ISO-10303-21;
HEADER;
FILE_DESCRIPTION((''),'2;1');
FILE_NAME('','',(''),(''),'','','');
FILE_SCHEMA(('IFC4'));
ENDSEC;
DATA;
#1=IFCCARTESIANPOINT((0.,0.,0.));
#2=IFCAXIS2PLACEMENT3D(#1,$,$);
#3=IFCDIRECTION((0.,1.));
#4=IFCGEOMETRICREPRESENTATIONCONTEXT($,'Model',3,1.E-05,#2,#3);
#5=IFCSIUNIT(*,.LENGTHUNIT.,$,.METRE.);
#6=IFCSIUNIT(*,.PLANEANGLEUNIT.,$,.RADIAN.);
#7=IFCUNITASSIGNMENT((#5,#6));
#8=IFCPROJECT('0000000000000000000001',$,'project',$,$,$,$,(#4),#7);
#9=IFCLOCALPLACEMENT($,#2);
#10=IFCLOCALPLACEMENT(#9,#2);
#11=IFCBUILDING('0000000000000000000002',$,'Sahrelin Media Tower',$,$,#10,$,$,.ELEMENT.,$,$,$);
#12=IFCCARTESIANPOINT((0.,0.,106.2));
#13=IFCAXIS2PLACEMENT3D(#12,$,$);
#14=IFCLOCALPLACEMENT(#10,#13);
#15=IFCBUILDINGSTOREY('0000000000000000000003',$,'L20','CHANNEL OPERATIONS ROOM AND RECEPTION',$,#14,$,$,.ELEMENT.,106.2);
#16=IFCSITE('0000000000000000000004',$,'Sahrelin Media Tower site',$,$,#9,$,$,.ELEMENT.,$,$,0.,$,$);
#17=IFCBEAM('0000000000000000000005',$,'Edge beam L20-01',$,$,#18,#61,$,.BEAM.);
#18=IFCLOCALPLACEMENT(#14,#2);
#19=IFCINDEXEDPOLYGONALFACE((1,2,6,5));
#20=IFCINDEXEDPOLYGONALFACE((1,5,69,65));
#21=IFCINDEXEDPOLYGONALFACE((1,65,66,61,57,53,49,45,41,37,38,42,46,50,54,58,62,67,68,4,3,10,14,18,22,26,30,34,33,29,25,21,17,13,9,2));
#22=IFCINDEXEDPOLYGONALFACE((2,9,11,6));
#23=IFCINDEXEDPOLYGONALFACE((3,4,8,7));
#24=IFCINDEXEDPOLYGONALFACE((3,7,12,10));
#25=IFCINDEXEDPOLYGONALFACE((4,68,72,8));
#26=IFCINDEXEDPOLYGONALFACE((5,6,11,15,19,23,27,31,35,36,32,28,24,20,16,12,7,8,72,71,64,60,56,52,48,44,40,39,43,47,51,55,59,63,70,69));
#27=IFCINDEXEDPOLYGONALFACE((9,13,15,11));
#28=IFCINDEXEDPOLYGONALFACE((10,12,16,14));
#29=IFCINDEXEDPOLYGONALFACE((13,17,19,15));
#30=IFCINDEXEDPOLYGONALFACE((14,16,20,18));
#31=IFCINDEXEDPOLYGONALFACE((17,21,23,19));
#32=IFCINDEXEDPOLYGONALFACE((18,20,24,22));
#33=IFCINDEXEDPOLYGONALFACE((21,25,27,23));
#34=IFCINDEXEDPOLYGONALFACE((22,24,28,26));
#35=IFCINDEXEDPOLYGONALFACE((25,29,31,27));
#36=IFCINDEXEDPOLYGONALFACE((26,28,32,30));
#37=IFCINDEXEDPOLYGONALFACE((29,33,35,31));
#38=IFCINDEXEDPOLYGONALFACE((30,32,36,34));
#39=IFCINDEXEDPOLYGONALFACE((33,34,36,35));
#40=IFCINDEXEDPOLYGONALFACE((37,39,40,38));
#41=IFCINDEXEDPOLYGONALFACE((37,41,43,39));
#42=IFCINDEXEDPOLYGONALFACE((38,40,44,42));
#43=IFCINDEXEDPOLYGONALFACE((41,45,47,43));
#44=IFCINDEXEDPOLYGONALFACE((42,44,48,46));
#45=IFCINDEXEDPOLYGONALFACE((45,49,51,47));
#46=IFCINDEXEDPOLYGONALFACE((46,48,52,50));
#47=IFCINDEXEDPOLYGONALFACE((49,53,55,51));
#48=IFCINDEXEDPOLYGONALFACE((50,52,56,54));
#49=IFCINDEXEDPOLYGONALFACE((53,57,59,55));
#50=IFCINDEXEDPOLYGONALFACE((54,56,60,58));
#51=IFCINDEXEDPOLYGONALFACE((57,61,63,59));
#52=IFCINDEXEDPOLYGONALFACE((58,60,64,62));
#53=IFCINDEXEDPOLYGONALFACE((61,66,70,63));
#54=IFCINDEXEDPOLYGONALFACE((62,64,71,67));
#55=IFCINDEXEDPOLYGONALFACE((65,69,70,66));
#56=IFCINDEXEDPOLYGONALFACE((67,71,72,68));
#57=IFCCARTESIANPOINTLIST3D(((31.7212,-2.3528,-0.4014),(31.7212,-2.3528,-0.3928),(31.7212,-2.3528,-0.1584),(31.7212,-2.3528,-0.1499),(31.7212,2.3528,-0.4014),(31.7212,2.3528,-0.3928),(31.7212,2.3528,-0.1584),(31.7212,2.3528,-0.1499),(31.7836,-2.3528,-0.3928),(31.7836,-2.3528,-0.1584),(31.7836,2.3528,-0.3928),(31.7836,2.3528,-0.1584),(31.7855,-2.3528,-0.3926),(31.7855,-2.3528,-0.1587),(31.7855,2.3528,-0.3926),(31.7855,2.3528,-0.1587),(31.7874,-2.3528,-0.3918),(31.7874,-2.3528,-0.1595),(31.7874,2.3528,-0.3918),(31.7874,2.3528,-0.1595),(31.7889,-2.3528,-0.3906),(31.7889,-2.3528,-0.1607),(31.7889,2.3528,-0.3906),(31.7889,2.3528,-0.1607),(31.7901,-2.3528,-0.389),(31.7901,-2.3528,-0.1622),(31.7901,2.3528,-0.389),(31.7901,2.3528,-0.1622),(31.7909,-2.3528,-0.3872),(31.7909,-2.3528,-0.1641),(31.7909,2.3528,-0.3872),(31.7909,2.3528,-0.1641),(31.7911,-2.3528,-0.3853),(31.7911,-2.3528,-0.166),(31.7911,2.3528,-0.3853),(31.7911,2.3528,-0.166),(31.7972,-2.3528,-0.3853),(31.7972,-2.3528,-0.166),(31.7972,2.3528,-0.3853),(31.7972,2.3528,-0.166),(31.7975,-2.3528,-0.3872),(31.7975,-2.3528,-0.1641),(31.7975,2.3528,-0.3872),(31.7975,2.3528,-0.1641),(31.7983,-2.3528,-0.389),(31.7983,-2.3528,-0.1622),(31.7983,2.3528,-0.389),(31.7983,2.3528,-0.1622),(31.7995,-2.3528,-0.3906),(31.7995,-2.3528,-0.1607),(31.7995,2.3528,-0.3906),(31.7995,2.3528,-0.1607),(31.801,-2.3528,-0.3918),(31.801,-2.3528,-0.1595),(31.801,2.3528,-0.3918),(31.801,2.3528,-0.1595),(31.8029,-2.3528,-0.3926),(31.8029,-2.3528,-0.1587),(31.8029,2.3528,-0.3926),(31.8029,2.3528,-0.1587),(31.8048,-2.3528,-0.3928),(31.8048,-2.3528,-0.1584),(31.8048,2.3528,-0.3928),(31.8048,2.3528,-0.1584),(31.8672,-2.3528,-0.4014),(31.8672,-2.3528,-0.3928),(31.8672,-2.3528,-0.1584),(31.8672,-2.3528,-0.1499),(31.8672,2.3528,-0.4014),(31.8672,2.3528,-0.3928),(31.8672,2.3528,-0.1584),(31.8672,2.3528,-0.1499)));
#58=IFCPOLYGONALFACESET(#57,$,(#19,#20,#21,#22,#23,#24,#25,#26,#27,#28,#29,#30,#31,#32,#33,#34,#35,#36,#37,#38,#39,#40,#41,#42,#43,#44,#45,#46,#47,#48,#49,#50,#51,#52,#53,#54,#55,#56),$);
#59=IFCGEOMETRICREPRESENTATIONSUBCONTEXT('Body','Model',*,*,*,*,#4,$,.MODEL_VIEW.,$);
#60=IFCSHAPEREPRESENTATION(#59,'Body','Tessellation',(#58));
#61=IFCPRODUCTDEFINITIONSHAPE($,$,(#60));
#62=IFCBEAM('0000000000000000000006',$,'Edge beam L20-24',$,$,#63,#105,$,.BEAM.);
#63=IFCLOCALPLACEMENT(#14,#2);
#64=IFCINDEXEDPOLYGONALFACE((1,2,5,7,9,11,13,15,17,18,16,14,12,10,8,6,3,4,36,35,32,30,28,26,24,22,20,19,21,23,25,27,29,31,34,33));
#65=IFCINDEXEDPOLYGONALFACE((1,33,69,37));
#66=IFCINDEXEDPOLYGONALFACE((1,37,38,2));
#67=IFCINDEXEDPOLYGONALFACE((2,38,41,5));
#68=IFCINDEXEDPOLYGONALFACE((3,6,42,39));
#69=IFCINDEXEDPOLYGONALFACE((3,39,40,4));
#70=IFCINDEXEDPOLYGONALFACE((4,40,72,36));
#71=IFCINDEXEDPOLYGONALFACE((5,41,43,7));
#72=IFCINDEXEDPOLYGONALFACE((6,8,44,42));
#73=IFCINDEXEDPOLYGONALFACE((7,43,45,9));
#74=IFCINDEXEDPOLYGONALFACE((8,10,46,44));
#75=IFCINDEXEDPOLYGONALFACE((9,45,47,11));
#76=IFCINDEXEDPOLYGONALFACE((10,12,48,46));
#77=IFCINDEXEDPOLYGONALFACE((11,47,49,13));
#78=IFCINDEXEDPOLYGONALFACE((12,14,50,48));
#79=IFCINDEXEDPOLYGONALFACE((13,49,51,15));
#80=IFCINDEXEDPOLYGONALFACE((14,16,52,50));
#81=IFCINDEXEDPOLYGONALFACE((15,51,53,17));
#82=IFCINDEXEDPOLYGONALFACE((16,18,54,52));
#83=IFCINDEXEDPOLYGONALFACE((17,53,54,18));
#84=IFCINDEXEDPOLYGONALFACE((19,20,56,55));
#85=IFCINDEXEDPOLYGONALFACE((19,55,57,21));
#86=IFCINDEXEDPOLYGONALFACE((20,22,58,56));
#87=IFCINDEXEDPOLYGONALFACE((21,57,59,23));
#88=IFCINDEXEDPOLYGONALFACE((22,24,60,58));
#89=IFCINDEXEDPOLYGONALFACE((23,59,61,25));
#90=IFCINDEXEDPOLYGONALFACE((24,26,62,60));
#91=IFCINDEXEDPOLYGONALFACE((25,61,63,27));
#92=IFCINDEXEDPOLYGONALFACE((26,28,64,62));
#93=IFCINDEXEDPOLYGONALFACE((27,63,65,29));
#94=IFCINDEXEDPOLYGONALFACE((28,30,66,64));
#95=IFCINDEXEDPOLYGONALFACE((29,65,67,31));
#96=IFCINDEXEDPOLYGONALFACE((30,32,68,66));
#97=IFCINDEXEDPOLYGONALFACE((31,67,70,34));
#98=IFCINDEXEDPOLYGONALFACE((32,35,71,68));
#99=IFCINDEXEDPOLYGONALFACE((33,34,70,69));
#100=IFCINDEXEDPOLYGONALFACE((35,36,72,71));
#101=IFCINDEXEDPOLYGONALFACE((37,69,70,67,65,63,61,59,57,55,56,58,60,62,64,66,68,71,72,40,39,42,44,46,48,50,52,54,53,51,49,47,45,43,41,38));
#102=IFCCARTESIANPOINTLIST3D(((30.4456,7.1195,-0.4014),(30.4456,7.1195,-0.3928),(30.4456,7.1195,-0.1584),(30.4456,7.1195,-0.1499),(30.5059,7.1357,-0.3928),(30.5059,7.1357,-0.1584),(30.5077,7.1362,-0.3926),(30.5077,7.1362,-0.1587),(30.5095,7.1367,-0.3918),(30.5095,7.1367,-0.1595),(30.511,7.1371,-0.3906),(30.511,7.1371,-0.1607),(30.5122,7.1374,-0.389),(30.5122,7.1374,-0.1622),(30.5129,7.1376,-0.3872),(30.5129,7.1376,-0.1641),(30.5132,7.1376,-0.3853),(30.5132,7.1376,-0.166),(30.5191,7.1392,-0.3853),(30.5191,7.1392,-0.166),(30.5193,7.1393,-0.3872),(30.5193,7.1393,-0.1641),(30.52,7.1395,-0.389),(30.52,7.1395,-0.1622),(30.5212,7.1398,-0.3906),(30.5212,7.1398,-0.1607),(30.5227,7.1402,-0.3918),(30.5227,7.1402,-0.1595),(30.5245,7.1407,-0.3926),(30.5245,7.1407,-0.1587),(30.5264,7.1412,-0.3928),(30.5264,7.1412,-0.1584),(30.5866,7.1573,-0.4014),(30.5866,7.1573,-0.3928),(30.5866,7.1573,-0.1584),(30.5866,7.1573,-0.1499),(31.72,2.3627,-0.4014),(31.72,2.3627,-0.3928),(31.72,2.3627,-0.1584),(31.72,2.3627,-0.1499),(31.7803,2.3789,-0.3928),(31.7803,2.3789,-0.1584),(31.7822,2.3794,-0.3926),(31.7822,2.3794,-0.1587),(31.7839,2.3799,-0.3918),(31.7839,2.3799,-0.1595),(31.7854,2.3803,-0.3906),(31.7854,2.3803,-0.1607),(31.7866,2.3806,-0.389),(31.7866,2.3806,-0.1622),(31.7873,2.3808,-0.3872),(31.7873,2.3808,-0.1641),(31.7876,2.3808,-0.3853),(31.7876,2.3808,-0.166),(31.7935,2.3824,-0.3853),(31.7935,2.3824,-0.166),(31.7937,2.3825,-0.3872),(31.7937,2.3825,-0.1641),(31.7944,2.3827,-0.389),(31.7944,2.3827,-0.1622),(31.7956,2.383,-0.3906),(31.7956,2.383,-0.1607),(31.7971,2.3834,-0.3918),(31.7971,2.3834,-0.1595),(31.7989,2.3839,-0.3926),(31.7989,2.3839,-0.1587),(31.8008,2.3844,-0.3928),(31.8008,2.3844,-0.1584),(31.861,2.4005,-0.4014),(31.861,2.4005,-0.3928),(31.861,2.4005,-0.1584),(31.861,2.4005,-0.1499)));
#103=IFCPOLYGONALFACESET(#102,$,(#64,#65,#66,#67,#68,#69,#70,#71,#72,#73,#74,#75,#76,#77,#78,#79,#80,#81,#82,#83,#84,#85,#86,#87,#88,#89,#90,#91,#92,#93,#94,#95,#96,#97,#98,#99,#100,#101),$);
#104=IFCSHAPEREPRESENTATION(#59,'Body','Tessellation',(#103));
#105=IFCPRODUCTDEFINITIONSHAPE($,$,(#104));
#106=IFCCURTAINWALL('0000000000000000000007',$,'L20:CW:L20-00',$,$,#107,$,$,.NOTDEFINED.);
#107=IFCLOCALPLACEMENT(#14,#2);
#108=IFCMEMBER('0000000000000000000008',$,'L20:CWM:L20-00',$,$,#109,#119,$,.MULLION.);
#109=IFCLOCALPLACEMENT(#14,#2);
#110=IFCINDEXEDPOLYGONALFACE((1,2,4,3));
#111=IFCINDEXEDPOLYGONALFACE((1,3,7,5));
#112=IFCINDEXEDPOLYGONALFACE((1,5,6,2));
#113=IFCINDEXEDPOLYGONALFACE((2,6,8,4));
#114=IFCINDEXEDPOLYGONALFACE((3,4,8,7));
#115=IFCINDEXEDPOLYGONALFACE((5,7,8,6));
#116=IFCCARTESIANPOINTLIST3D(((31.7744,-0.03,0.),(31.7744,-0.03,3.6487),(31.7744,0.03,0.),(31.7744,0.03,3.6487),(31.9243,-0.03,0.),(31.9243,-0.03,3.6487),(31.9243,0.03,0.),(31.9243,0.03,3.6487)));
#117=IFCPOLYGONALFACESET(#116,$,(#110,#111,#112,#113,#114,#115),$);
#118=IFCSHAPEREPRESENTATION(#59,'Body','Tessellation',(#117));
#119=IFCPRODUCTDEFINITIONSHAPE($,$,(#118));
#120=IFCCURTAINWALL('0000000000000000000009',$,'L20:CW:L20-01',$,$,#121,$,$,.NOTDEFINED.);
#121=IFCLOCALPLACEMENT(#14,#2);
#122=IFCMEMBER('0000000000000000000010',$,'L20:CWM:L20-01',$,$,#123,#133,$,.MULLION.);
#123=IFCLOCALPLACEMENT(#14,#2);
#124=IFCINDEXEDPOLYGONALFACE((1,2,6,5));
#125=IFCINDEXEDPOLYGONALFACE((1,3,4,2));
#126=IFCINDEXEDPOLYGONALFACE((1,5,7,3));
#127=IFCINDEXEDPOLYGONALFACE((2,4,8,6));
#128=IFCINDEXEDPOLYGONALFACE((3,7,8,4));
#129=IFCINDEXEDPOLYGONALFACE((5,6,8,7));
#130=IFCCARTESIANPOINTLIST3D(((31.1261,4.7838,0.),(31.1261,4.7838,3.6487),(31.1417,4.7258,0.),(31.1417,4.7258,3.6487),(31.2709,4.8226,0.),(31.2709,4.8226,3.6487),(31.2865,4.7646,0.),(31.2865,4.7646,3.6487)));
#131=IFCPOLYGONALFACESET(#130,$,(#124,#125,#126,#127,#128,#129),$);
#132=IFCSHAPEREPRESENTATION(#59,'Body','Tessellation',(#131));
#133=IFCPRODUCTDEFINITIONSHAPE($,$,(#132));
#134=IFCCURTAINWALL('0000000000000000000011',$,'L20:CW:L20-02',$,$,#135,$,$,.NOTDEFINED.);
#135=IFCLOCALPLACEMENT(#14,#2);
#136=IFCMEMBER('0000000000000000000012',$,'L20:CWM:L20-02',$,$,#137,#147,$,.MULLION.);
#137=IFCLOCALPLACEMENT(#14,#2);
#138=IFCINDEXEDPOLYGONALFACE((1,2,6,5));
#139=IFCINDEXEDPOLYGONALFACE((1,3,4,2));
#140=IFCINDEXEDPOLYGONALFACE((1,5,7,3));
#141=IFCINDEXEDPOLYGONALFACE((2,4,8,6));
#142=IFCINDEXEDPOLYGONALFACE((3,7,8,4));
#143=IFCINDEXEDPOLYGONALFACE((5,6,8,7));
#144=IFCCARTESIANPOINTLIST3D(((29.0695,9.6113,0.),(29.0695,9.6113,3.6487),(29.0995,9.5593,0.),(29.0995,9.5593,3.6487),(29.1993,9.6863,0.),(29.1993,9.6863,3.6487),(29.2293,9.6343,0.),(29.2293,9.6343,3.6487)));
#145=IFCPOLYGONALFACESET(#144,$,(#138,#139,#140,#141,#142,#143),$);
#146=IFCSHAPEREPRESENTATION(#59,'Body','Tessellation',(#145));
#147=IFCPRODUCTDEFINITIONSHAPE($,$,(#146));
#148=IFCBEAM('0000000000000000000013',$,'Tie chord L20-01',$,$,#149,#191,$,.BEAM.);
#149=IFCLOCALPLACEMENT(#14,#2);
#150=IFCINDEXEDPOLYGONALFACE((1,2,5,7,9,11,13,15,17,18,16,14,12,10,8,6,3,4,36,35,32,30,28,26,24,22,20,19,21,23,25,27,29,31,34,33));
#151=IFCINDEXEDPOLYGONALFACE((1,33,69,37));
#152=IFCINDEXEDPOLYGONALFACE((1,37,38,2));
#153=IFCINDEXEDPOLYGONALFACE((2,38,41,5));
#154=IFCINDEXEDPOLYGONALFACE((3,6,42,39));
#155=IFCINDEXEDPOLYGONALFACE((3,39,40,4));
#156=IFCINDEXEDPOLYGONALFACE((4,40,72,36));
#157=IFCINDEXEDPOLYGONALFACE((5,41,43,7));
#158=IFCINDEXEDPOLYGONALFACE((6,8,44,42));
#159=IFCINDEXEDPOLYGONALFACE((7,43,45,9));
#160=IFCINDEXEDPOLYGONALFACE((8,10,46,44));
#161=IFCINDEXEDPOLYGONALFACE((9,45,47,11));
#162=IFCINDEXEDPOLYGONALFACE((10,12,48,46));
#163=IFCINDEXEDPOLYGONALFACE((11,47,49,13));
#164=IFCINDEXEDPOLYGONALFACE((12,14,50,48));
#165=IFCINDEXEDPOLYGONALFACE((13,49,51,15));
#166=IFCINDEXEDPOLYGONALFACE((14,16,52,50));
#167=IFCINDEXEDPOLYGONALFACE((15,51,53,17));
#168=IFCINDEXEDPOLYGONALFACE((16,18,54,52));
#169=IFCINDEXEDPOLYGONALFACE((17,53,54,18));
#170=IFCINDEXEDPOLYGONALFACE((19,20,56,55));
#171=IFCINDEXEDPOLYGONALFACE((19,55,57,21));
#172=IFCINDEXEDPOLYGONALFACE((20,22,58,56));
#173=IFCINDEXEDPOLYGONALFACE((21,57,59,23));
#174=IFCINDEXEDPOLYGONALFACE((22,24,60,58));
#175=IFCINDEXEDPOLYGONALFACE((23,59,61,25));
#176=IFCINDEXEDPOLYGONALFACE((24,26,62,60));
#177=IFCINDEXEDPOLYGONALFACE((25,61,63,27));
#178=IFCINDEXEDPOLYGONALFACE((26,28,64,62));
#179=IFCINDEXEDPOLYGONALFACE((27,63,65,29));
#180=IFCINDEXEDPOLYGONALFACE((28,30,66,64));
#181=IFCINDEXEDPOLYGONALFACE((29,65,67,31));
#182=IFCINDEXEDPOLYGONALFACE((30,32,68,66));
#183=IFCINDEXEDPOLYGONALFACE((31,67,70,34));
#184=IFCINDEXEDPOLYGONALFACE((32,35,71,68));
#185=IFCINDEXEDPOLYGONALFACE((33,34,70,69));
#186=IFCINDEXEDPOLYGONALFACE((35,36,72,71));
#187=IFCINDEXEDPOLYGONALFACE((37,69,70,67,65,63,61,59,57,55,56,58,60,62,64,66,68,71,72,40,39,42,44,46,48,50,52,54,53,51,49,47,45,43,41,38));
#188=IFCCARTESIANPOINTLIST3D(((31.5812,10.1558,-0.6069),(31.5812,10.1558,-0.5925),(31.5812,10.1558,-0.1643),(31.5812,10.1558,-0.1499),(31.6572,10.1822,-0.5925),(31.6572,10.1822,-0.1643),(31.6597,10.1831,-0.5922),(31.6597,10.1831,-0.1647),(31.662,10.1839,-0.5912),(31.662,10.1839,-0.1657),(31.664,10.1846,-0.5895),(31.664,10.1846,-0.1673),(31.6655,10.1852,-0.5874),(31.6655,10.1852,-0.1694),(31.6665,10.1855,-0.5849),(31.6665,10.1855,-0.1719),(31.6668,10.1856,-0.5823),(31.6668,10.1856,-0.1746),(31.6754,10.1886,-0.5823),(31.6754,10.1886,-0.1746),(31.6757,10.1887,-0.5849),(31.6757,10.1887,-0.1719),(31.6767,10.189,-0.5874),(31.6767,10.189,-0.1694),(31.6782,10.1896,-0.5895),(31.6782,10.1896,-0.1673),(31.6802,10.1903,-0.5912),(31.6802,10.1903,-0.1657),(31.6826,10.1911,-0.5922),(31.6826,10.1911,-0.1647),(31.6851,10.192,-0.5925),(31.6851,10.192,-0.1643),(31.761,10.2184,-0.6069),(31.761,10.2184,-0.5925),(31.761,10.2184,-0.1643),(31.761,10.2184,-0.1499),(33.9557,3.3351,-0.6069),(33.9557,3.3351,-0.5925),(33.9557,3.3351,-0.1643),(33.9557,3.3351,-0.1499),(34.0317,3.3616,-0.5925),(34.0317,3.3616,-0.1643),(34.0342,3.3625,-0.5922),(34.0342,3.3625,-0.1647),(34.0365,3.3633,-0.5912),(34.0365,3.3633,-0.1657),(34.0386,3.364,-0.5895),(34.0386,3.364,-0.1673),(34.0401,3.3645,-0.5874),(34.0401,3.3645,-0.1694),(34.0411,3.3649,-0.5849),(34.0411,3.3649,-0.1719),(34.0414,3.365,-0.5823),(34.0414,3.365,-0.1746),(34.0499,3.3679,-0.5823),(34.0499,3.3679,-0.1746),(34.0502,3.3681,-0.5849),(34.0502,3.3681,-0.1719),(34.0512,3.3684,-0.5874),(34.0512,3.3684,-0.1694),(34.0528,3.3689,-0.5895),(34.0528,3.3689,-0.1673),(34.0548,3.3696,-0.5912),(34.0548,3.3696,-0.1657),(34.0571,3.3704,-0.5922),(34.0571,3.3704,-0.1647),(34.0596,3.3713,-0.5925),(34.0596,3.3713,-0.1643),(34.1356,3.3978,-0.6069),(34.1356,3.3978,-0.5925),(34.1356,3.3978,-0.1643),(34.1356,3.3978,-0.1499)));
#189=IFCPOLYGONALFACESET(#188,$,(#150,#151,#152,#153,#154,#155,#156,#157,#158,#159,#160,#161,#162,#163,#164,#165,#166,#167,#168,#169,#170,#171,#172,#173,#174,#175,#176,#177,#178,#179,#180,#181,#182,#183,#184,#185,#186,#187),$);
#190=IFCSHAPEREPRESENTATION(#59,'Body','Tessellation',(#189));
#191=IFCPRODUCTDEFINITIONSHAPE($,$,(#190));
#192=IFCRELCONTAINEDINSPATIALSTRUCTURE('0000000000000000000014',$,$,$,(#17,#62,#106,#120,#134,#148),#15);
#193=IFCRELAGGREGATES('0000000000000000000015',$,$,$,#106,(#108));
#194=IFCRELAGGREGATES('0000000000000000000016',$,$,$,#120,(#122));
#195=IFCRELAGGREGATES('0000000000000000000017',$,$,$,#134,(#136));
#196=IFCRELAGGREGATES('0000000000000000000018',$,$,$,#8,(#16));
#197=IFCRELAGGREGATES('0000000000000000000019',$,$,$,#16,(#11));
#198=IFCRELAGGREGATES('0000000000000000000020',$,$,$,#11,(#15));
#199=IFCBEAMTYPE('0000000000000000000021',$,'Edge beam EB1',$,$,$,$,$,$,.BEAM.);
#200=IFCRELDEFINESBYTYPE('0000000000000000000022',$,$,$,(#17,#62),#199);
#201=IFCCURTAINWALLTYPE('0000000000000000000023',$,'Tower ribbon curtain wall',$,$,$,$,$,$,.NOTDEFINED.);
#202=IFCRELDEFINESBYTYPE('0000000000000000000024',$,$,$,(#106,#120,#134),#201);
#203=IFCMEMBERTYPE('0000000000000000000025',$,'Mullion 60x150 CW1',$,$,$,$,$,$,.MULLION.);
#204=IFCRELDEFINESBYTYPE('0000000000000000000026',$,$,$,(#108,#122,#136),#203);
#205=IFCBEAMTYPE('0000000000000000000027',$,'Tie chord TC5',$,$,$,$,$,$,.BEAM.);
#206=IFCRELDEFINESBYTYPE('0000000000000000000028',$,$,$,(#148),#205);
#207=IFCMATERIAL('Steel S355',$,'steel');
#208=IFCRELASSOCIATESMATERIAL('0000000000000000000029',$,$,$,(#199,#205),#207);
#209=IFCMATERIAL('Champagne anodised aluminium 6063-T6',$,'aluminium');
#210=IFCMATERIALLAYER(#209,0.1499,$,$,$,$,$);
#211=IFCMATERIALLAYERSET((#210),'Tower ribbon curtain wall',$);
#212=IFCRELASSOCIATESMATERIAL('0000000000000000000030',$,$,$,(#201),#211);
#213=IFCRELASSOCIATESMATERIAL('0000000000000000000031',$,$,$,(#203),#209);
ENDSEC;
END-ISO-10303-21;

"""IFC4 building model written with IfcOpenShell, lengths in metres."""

from ifc_helpers import new_model, si_unit, direction, frame, origin, origin_2d, place, context, subcontext, project, spatial, rectangle, i_section, extrude, material, layer, layer_set, material_profile, profile_set, type_object, element, aggregate, save


model = new_model("IFC4")

# Units and contexts
model_context = context("Model", 3, precision=1e-05, world=origin(), true_north=direction((0.0, 1.0)))
body_context = subcontext(model_context, "Body", "Model", "MODEL_VIEW")
ifc_project = project(units=[si_unit("LENGTHUNIT", "METRE"), si_unit("PLANEANGLEUNIT", "RADIAN")], contexts=[model_context])

# Site, building, storey
site_placement = place(None, origin())
site = spatial("IfcSite", under=ifc_project, at=site_placement, Name="Sahrelin Media Tower site", CompositionType="ELEMENT", RefElevation=0.0)
building_placement = place(site_placement, origin())
building = spatial("IfcBuilding", under=site, at=building_placement, Name="Sahrelin Media Tower", CompositionType="ELEMENT")
storey_placement = place(building_placement, frame((0.0, 0.0, 106.2)))
storey = spatial("IfcBuildingStorey", under=building, at=storey_placement, Name="L20", Description="CHANNEL OPERATIONS ROOM AND RECEPTION", CompositionType="ELEMENT", Elevation=106.2)

# Beams
ifc_material_1 = material(Name="Steel S355", Category="steel")
ifc_material_profile_1 = material_profile(ifc_material_1, i_section(OverallWidth=0.146, OverallDepth=0.2515, WebThickness=0.0061, FlangeThickness=0.0085, FilletRadius=0.0076, at=origin_2d()), Name="UB 254x146x31")
ifc_profile_set_1 = profile_set([ifc_material_profile_1], Name="Steel S355")
beam_type_1 = type_object("IfcBeamType", Name="Edge beam EB1", PredefinedType="BEAM", material=ifc_profile_set_1)
beam_1_placement = place(storey_placement, frame((31.7942, 2.3528, -0.2756), z_axis=(0.0, -1.0, 0.0), x_axis=(1.0, 0.0, 0.0)))
element("IfcBeam", 1, at=beam_1_placement, inside=storey, type_object=beam_type_1, Name="Edge beam L20-01", PredefinedType="BEAM", context=body_context, shape_type="SweptSolid", body=[
    extrude(i_section(OverallWidth=0.146, OverallDepth=0.2515, WebThickness=0.0061, FlangeThickness=0.0085, FilletRadius=0.0076, at=origin_2d()), origin(), (0.0, 0.0, 1.0), 4.7056),
])
beam_2_placement = place(storey_placement, frame((30.5161, 7.1384, -0.2756), z_axis=(0.258786, -0.965935, 0.0), x_axis=(0.965935, 0.258786, 0.0)))
element("IfcBeam", 2, at=beam_2_placement, inside=storey, type_object=beam_type_1, Name="Edge beam L20-24", PredefinedType="BEAM", context=body_context, shape_type="SweptSolid", body=[
    extrude(i_section(OverallWidth=0.146, OverallDepth=0.2515, WebThickness=0.0061, FlangeThickness=0.0085, FilletRadius=0.0076, at=origin_2d()), origin(), (0.0, 0.0, 1.0), 4.9246),
])

# Curtain walls, members
ifc_material_2 = material(Name="Champagne anodised aluminium 6063-T6", Category="aluminium")
ifc_layer_1 = layer(ifc_material_2, 0.1499)
ifc_layer_set_1 = layer_set([ifc_layer_1], Name="Tower ribbon curtain wall")
curtain_wall_type = type_object("IfcCurtainWallType", Name="Tower ribbon curtain wall", PredefinedType="NOTDEFINED", material=ifc_layer_set_1)
curtain_wall_1_placement = place(storey_placement, frame((31.9443, 0.0, 0.0), z_axis=(0.0, 0.0, 1.0), x_axis=(1.0, 0.0, 0.0)))
curtain_wall_1 = element("IfcCurtainWall", 3, at=curtain_wall_1_placement, inside=storey, type_object=curtain_wall_type, Name="L20:CW:L20-00", PredefinedType="NOTDEFINED")
ifc_material_profile_2 = material_profile(ifc_material_2, rectangle(XDim=0.0601, YDim=0.1499, at=origin_2d()), Name="Mullion 60x150")
ifc_profile_set_2 = profile_set([ifc_material_profile_2], Name="Champagne anodised aluminium 6063-T6")
member_type_1 = type_object("IfcMemberType", Name="Mullion 60x150 CW1", PredefinedType="MULLION", material=ifc_profile_set_2)
member_1_placement = place(storey_placement, frame((31.8494, 0.0, 0.0), z_axis=(0.0, 0.0, 1.0), x_axis=(0.0, 1.0, 0.0)))
member_1 = element("IfcMember", 4, at=member_1_placement, type_object=member_type_1, Name="L20:CWM:L20-00", PredefinedType="MULLION", context=body_context, shape_type="SweptSolid", body=[
    extrude(rectangle(XDim=0.0601, YDim=0.1499, at=origin_2d()), origin(), (0.0, 0.0, 1.0), 3.6487),
])
aggregate(curtain_wall_1, [member_1])
curtain_wall_2_placement = place(storey_placement, frame((31.2981, 4.7988, 0.0), z_axis=(0.0, 0.0, 1.0), x_axis=(1.0, 0.0, 0.0)))
curtain_wall_2 = element("IfcCurtainWall", 5, at=curtain_wall_2_placement, inside=storey, type_object=curtain_wall_type, Name="L20:CW:L20-01", PredefinedType="NOTDEFINED")
member_2_placement = place(storey_placement, frame((31.2063, 4.7742, 0.0), z_axis=(0.0, 0.0, 1.0), x_axis=(-0.258811, 0.965928, 0.0)))
member_2 = element("IfcMember", 6, at=member_2_placement, type_object=member_type_1, Name="L20:CWM:L20-01", PredefinedType="MULLION", context=body_context, shape_type="SweptSolid", body=[
    extrude(rectangle(XDim=0.0601, YDim=0.1499, at=origin_2d()), origin(), (0.0, 0.0, 1.0), 3.6487),
])
curtain_wall_3_placement = place(storey_placement, frame((29.2317, 9.6704, 0.0), z_axis=(0.0, 0.0, 1.0), x_axis=(1.0, 0.0, 0.0)))
curtain_wall_3 = element("IfcCurtainWall", 7, at=curtain_wall_3_placement, inside=storey, type_object=curtain_wall_type, Name="L20:CW:L20-02", PredefinedType="NOTDEFINED")
member_3_placement = place(storey_placement, frame((29.1494, 9.6228, 0.0), z_axis=(0.0, 0.0, 1.0), x_axis=(-0.500005, 0.866023, 0.0)))
member_3 = element("IfcMember", 8, at=member_3_placement, type_object=member_type_1, Name="L20:CWM:L20-02", PredefinedType="MULLION", context=body_context, shape_type="SweptSolid", body=[
    extrude(rectangle(XDim=0.0601, YDim=0.1499, at=origin_2d()), origin(), (0.0, 0.0, 1.0), 3.6487),
])

# Beam
ifc_material_profile_3 = material_profile(ifc_material_1, i_section(OverallWidth=0.1904, OverallDepth=0.457, WebThickness=0.009, FlangeThickness=0.0144, FilletRadius=0.0103, at=origin_2d()), Name="UB 457x191x74")
ifc_profile_set_3 = profile_set([ifc_material_profile_3], Name="Steel S355")
beam_type_2 = type_object("IfcBeamType", Name="Tie chord TC5", PredefinedType="BEAM", material=ifc_profile_set_3)
beam_3_placement = place(storey_placement, frame((34.0457, 3.3665, -0.3784), z_axis=(-0.328785, 0.944405, 0.0), x_axis=(-0.944405, -0.328785, 0.0)))
element("IfcBeam", 9, at=beam_3_placement, inside=storey, type_object=beam_type_2, Name="Tie chord L20-01", PredefinedType="BEAM", context=body_context, shape_type="SweptSolid", body=[
    extrude(i_section(OverallWidth=0.1904, OverallDepth=0.457, WebThickness=0.009, FlangeThickness=0.0144, FilletRadius=0.0103, at=origin_2d()), origin(), (0.0, 0.0, 1.0), 7.2222),
])

aggregate(curtain_wall_2, [member_2])
aggregate(curtain_wall_3, [member_3])

save(model, "model.ifc")
